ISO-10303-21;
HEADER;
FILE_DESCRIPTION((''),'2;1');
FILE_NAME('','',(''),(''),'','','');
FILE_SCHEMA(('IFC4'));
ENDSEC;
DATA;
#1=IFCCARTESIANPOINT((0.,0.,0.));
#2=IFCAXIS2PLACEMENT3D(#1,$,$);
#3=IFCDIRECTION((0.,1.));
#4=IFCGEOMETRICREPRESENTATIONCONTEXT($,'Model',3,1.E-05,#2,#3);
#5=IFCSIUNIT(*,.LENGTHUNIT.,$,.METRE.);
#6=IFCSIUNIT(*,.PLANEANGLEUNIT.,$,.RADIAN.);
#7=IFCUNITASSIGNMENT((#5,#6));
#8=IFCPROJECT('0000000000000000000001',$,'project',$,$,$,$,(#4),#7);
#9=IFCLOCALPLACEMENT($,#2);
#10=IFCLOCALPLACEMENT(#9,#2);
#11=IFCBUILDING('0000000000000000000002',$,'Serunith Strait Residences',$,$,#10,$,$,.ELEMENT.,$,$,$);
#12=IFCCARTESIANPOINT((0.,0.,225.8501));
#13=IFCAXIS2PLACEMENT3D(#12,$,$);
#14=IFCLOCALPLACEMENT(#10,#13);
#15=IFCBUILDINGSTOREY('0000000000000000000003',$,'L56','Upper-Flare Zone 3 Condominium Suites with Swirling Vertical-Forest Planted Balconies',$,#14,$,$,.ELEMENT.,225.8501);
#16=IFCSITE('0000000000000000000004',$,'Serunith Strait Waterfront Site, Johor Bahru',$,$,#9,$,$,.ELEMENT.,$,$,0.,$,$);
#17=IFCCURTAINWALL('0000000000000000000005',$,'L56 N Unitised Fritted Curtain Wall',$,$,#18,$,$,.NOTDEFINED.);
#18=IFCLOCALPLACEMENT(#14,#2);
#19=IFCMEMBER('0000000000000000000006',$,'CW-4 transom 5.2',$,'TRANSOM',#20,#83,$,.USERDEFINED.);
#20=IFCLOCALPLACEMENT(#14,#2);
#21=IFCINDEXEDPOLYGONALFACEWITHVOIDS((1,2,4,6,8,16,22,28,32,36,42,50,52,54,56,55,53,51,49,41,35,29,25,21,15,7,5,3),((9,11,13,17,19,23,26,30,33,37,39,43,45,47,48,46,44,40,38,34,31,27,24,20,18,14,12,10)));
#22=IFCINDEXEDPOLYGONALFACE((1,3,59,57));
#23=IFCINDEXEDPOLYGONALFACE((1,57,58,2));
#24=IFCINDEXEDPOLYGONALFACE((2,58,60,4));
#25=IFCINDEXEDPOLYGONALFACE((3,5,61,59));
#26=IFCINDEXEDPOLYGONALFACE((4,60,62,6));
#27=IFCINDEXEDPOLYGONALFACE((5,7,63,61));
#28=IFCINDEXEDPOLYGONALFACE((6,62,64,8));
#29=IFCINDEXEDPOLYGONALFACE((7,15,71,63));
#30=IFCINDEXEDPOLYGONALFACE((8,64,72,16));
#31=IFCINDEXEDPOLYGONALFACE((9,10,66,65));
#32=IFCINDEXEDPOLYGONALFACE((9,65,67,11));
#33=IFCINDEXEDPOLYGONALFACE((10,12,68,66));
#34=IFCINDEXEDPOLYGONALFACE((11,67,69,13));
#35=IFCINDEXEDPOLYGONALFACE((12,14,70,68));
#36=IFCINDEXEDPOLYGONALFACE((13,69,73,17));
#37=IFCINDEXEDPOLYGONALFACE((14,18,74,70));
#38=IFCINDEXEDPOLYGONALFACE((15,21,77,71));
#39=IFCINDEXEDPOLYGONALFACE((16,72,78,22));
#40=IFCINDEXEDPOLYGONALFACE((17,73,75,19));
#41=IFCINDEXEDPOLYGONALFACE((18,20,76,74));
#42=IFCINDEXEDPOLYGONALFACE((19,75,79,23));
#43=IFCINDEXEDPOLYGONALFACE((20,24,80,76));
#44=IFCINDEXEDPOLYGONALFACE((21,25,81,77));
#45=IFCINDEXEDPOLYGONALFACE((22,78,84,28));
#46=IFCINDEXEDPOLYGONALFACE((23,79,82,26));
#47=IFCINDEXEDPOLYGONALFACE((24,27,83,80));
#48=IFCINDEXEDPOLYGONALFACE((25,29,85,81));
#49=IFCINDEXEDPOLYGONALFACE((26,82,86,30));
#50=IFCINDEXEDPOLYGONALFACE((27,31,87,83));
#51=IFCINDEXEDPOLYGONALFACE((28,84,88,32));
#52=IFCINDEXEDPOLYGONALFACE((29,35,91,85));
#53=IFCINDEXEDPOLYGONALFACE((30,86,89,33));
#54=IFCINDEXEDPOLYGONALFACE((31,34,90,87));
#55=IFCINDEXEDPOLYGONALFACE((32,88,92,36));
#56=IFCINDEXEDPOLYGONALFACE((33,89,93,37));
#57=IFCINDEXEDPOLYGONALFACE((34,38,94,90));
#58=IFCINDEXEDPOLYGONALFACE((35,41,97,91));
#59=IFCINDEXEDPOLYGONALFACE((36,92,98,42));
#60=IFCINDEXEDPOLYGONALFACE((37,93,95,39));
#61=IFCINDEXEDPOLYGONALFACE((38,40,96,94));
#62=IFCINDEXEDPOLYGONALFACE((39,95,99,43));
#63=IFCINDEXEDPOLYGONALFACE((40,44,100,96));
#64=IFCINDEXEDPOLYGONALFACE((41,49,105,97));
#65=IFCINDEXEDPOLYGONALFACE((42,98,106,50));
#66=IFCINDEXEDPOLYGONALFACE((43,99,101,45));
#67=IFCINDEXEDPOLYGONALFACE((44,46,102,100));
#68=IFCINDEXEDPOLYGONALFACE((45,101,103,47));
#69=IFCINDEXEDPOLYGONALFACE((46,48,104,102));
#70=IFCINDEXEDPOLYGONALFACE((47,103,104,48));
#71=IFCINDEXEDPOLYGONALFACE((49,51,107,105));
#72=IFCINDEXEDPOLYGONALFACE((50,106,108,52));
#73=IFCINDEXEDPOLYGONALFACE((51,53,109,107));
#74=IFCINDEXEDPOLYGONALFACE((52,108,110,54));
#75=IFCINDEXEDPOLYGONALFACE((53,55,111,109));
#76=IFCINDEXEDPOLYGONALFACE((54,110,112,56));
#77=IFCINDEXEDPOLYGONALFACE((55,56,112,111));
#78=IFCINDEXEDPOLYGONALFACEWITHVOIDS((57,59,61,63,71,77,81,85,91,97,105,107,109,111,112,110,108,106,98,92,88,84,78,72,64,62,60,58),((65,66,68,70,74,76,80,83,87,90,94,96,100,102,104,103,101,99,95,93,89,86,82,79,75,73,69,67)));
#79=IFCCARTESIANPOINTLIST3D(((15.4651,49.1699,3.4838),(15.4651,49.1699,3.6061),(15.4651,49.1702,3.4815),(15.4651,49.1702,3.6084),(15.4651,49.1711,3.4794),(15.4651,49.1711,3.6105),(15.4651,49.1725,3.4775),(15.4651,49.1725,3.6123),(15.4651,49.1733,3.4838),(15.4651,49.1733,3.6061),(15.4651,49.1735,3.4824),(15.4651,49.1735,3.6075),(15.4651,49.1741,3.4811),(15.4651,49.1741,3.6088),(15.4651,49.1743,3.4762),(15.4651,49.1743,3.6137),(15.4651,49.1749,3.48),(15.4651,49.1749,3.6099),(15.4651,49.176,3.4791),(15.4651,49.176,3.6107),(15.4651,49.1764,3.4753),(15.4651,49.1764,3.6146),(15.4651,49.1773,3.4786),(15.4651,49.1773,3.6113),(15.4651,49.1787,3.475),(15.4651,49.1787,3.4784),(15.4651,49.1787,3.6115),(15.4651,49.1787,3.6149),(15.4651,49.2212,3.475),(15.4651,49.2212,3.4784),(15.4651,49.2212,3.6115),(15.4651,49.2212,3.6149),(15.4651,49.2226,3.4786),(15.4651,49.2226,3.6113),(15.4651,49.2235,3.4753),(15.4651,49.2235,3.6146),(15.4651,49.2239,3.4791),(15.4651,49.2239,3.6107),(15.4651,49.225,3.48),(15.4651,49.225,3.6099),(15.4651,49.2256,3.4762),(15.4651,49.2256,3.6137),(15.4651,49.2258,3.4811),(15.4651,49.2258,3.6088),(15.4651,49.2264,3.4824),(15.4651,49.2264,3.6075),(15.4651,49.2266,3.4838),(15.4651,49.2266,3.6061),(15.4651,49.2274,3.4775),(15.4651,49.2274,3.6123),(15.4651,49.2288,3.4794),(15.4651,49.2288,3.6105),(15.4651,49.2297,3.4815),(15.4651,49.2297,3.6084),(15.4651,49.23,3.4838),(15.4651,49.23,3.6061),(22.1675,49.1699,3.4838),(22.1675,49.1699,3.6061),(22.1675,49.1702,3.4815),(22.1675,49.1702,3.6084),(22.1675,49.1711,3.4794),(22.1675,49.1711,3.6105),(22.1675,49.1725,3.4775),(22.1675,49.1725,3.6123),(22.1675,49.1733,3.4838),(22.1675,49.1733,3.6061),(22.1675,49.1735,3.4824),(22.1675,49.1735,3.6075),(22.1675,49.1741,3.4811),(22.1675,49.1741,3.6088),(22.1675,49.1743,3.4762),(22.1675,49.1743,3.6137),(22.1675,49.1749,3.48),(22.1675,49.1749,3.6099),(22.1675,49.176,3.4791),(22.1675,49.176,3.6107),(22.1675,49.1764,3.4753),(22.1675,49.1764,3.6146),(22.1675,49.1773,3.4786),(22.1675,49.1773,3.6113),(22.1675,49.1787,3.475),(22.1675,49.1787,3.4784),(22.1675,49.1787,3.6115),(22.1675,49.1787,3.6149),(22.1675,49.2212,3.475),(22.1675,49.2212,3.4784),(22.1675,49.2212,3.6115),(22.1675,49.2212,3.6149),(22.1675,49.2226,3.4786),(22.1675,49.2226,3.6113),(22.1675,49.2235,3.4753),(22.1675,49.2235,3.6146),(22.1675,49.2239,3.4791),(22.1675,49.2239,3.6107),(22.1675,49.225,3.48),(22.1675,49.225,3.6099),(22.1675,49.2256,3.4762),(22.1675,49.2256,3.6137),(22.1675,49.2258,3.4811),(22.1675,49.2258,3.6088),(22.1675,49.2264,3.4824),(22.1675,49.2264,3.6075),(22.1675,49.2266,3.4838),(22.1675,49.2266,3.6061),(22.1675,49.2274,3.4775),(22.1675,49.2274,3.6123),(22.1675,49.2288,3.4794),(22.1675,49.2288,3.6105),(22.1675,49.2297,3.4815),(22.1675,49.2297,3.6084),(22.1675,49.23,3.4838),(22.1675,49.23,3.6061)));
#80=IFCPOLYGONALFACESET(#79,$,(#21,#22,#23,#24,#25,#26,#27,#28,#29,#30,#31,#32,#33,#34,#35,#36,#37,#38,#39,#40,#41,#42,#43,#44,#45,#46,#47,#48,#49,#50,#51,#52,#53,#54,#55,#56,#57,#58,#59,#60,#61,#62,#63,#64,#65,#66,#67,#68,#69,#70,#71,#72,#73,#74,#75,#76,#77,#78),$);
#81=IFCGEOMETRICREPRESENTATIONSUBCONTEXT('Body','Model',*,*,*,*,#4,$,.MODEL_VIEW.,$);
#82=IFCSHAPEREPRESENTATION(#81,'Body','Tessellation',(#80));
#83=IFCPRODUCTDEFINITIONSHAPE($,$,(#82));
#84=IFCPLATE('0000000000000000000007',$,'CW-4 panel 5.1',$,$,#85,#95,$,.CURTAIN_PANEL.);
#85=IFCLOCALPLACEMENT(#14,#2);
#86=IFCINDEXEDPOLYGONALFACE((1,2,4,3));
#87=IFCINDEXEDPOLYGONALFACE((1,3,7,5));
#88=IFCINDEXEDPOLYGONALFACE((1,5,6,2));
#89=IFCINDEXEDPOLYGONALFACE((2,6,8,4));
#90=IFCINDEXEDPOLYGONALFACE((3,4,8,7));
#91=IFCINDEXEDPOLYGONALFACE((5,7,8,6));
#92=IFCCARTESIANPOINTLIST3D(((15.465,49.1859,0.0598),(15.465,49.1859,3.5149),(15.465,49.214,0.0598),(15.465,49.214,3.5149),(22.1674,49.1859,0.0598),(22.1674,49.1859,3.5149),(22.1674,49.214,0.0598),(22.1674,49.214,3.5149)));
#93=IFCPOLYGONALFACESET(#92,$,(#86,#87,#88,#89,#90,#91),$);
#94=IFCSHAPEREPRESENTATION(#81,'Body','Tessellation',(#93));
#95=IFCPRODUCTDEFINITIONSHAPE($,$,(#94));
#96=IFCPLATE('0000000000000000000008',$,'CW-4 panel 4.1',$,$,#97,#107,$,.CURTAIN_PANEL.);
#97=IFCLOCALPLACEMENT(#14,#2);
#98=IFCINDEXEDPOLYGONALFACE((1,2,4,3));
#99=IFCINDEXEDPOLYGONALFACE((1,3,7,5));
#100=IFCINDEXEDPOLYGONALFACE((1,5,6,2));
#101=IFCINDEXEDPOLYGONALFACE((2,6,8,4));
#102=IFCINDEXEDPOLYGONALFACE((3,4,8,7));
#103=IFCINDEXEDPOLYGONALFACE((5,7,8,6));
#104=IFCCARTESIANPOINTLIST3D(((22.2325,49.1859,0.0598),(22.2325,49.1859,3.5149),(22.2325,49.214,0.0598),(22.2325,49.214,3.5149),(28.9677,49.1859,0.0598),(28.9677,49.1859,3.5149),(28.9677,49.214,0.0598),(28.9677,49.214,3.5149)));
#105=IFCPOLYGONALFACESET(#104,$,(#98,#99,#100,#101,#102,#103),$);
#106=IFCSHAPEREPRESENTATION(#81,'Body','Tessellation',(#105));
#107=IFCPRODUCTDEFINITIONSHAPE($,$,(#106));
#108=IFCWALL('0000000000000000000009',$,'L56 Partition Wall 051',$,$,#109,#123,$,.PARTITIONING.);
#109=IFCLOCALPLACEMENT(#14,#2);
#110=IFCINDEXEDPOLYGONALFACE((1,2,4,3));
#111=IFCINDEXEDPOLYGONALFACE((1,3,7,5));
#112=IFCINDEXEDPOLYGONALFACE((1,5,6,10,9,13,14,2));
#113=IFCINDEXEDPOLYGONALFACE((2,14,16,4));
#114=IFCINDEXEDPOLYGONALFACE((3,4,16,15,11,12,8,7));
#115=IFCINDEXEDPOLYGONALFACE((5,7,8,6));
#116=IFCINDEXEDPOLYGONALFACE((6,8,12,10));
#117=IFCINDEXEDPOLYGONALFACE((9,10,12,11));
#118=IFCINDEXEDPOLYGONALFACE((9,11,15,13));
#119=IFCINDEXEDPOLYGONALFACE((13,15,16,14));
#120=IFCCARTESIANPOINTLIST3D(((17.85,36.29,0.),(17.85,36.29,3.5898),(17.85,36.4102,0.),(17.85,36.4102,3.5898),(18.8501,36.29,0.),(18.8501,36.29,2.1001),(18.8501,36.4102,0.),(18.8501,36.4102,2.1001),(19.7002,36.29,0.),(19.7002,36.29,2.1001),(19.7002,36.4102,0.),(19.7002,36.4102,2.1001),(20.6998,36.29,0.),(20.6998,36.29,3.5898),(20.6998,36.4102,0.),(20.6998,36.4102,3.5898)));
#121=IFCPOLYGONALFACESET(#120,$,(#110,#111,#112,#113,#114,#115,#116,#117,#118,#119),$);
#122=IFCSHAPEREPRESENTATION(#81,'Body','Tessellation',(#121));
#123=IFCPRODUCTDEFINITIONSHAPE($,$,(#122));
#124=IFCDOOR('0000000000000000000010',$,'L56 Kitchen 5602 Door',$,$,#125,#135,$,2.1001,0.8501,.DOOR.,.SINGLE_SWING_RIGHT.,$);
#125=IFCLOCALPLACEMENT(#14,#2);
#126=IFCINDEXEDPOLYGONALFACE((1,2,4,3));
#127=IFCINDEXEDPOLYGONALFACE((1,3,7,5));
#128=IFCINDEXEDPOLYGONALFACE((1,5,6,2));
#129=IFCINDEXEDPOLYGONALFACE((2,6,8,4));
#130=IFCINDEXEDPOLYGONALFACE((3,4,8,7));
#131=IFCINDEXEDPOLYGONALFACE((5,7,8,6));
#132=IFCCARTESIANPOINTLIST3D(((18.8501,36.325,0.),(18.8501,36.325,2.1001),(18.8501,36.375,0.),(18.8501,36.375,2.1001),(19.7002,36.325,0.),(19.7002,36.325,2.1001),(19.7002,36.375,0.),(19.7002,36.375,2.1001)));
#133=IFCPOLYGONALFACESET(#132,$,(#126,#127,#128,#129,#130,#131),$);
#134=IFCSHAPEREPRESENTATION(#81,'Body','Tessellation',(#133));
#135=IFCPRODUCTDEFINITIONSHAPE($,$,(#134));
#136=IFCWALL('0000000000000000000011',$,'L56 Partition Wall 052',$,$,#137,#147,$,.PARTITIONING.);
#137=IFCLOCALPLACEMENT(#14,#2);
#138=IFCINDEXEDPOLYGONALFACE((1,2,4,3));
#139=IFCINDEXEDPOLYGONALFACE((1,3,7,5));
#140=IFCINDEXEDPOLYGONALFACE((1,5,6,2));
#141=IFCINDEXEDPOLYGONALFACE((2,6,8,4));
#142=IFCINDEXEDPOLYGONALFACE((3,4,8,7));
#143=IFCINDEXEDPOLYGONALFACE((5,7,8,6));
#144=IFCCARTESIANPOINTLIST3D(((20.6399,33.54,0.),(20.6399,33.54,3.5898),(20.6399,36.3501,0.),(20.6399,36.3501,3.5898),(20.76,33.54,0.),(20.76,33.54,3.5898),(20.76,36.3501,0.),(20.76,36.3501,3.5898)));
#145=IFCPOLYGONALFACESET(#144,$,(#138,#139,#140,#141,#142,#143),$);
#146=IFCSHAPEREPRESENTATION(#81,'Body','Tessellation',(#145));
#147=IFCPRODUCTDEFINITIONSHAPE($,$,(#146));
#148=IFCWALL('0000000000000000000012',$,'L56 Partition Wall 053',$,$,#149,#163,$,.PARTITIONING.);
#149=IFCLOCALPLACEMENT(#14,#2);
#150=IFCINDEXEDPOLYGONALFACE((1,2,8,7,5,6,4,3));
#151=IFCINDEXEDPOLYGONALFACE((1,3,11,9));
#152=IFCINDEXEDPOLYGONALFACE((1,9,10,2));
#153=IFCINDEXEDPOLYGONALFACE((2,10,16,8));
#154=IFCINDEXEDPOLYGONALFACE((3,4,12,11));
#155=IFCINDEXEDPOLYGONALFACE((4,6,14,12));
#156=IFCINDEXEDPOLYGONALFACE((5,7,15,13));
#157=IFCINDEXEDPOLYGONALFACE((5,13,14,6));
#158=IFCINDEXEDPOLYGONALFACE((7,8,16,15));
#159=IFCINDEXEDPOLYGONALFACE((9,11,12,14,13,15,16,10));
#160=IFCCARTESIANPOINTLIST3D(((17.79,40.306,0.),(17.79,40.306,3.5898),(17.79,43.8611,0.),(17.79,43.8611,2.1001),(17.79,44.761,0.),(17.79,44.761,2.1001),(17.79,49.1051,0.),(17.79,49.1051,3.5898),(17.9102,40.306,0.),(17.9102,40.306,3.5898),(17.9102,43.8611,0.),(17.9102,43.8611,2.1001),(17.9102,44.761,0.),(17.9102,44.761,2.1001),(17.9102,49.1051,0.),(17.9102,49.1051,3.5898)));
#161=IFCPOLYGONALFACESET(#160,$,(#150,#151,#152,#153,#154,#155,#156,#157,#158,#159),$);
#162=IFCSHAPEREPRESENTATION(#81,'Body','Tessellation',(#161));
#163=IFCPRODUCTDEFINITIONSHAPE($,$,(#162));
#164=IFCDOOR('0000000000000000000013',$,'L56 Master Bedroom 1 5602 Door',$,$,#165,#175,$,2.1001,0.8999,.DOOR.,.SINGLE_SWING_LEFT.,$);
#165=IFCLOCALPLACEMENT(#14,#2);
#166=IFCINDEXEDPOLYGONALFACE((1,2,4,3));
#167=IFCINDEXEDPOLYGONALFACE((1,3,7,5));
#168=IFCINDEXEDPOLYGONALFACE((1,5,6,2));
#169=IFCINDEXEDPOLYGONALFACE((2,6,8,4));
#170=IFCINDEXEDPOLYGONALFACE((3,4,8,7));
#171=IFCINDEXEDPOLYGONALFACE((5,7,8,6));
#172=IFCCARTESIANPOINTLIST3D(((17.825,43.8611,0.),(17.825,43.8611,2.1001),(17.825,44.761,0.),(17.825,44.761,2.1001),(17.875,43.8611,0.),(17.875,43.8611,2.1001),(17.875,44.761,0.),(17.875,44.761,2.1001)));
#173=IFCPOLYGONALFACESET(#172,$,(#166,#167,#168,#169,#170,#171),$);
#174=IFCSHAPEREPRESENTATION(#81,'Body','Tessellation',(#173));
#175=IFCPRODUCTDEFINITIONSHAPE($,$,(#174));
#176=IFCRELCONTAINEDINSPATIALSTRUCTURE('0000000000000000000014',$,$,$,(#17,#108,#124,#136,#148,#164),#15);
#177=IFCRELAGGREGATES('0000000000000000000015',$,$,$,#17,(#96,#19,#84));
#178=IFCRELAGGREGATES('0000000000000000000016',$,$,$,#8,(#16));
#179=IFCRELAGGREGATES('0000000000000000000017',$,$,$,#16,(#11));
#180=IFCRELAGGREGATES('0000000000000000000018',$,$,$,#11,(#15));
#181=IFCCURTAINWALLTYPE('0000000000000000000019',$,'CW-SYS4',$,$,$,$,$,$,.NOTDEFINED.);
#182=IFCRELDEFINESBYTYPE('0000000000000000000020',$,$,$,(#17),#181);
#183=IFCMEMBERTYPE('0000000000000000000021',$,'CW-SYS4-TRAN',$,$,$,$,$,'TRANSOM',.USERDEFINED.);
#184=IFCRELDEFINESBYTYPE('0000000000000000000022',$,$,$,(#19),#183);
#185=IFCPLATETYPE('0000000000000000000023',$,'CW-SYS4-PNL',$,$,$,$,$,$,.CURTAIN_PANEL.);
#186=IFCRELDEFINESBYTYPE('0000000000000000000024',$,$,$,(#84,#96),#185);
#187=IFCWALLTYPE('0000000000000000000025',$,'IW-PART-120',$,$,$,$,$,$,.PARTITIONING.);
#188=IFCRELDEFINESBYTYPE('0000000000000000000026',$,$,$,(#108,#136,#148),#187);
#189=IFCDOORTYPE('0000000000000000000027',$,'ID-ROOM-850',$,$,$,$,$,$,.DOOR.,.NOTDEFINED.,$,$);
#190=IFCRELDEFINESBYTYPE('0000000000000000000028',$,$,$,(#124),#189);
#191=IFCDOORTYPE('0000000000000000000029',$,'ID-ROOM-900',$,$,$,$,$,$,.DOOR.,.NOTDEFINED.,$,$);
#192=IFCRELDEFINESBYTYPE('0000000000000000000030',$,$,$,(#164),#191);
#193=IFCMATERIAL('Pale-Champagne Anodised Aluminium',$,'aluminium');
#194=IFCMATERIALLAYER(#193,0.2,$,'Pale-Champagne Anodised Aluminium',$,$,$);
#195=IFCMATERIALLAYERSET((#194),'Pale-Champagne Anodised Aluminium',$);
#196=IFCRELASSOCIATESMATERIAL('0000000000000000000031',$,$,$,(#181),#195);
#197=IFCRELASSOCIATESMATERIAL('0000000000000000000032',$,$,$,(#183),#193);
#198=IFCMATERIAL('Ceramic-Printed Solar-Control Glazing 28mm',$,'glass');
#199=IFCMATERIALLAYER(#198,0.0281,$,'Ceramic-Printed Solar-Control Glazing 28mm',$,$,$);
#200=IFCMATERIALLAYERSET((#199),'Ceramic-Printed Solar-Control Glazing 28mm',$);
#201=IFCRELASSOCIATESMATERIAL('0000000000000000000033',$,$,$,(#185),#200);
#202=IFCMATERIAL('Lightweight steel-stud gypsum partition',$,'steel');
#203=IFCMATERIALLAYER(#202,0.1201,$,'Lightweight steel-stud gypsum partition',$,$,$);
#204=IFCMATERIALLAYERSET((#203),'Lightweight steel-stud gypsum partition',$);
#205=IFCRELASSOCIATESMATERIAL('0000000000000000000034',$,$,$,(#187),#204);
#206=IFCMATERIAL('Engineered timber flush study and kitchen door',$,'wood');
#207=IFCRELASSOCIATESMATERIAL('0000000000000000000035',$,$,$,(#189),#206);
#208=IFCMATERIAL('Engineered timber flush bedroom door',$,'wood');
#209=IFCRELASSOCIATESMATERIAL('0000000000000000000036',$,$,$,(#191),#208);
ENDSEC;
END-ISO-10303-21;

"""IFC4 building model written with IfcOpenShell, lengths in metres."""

from ifc_helpers import new_model, si_unit, direction, frame, frame_2d, origin, origin_2d, place, context, subcontext, project, spatial, rectangle, hollow_rectangle, extrude, source, transform, mapped, material, layer, layer_set, material_profile, profile_set, type_object, element, fill, aggregate, save


model = new_model("IFC4")

# Units and contexts
model_context = context("Model", 3, precision=1e-05, world=origin(), true_north=direction((0.0, 1.0)))
body_context = subcontext(model_context, "Body", "Model", "MODEL_VIEW")
ifc_project = project(units=[si_unit("LENGTHUNIT", "METRE"), si_unit("PLANEANGLEUNIT", "RADIAN")], contexts=[model_context])

# Site, building, storey
site_placement = place(None, origin())
site = spatial("IfcSite", under=ifc_project, at=site_placement, Name="Serunith Strait Waterfront Site, Johor Bahru", CompositionType="ELEMENT", RefElevation=0.0)
building_placement = place(site_placement, origin())
building = spatial("IfcBuilding", under=site, at=building_placement, Name="Serunith Strait Residences", CompositionType="ELEMENT")
storey_placement = place(building_placement, frame((0.0, 0.0, 225.8501)))
storey = spatial("IfcBuildingStorey", under=building, at=storey_placement, Name="L56", Description="Upper-Flare Zone 3 Condominium Suites with Swirling Vertical-Forest Planted Balconies", CompositionType="ELEMENT", Elevation=225.8501)

# Curtain wall, member, plates
ifc_material_1 = material(Name="Pale-Champagne Anodised Aluminium", Category="aluminium")
ifc_layer_1 = layer(ifc_material_1, 0.2, Name="Pale-Champagne Anodised Aluminium")
ifc_layer_set_1 = layer_set([ifc_layer_1], Name="Pale-Champagne Anodised Aluminium")
curtain_wall_type = type_object("IfcCurtainWallType", Name="CW-SYS4", PredefinedType="NOTDEFINED", material=ifc_layer_set_1)
curtain_wall_placement = place(storey_placement, origin())
curtain_wall = element("IfcCurtainWall", 1, at=curtain_wall_placement, inside=storey, type_object=curtain_wall_type, Name="L56 N Unitised Fritted Curtain Wall", PredefinedType="NOTDEFINED")
ifc_material_profile_1 = material_profile(ifc_material_1, hollow_rectangle(XDim=0.0601, YDim=0.1399, WallThickness=0.0034, InnerFilletRadius=0.0054, OuterFilletRadius=0.0088, at=origin_2d()), Name="ALU 140x60x3.5")
ifc_profile_set_1 = profile_set([ifc_material_profile_1], Name="Pale-Champagne Anodised Aluminium")
member_type_1 = type_object("IfcMemberType", Name="CW-SYS4-TRAN", ElementType="TRANSOM", PredefinedType="USERDEFINED", material=ifc_profile_set_1)
shared_shape_1 = source(origin(), body_context, "Body", "SweptSolid", [
    extrude(hollow_rectangle(XDim=0.0601, YDim=0.1399, WallThickness=0.0034, InnerFilletRadius=0.0054, OuterFilletRadius=0.0088, at=origin_2d()), origin(), (0.0, 0.0, 1.0), 6.7024),
])
member_1_placement = place(storey_placement, frame((22.1675, 49.2, 3.5449), z_axis=(-1.0, 0.0, 0.0), x_axis=(0.0, -1.0, 0.0)))
member_1 = element("IfcMember", 2, at=member_1_placement, type_object=member_type_1, Name="CW-4 transom 5.2", ObjectType="TRANSOM", PredefinedType="USERDEFINED", context=body_context, shape_type="MappedRepresentation", body=[
    mapped(shared_shape_1, transform((0.0, 0.0, 0.0), scale=1.0)),
])
ifc_material_2 = material(Name="Ceramic-Printed Solar-Control Glazing 28mm", Category="glass")
ifc_layer_2 = layer(ifc_material_2, 0.0281, Name="Ceramic-Printed Solar-Control Glazing 28mm")
ifc_layer_set_2 = layer_set([ifc_layer_2], Name="Ceramic-Printed Solar-Control Glazing 28mm")
plate_type = type_object("IfcPlateType", Name="CW-SYS4-PNL", PredefinedType="CURTAIN_PANEL", material=ifc_layer_set_2)
shared_shape_2 = source(origin(), body_context, "Body", "SweptSolid", [
    extrude(rectangle(XDim=6.7024, YDim=0.0281, at=origin_2d()), origin(), (0.0, 0.0, 1.0), 3.4551),
])
plate_1_placement = place(storey_placement, frame((18.8162, 49.2, 0.0598), z_axis=(0.0, 0.0, 1.0), x_axis=(-1.0, 0.0, 0.0)))
plate_1 = element("IfcPlate", 3, at=plate_1_placement, type_object=plate_type, Name="CW-4 panel 5.1", PredefinedType="CURTAIN_PANEL", context=body_context, shape_type="MappedRepresentation", body=[
    mapped(shared_shape_2, transform((0.0, 0.0, 0.0), scale=1.0)),
])
shared_shape_3 = source(origin(), body_context, "Body", "SweptSolid", [
    extrude(rectangle(XDim=6.7351, YDim=0.0281, at=origin_2d()), origin(), (0.0, 0.0, 1.0), 3.4551),
])
plate_2_placement = place(storey_placement, frame((25.6001, 49.2, 0.0598), z_axis=(0.0, 0.0, 1.0), x_axis=(-1.0, 0.0, 0.0)))
plate_2 = element("IfcPlate", 4, at=plate_2_placement, type_object=plate_type, Name="CW-4 panel 4.1", PredefinedType="CURTAIN_PANEL", context=body_context, shape_type="MappedRepresentation", body=[
    mapped(shared_shape_3, transform((0.0, 0.0, 0.0), scale=1.0)),
])
aggregate(curtain_wall, [plate_2, member_1, plate_1])

# Wall, opening, door
ifc_material_3 = material(Name="Lightweight steel-stud gypsum partition", Category="steel")
ifc_layer_3 = layer(ifc_material_3, 0.1201, Name="Lightweight steel-stud gypsum partition")
ifc_layer_set_3 = layer_set([ifc_layer_3], Name="Lightweight steel-stud gypsum partition")
wall_type = type_object("IfcWallType", Name="IW-PART-120", PredefinedType="PARTITIONING", material=ifc_layer_set_3)
wall_1_placement = place(storey_placement, frame((17.8501, 36.3501, 0.0), z_axis=(0.0, 0.0, 1.0), x_axis=(1.0, 0.0, 0.0)))
wall_1 = element("IfcWall", 5, at=wall_1_placement, inside=storey, type_object=wall_type, Name="L56 Partition Wall 051", PredefinedType="PARTITIONING", context=body_context, shape_type="SweptSolid", body=[
    extrude(rectangle(XDim=2.8499, YDim=0.1201, at=frame_2d((1.4248, 0.0))), origin(), (0.0, 0.0, 1.0), 3.5898),
])
opening_1_placement = place(wall_1_placement, frame((1.0, 0.0, 0.0)))
opening_1 = element("IfcOpeningElement", 6, at=opening_1_placement, cuts=wall_1, PredefinedType="OPENING", context=body_context, shape_type="SweptSolid", body=[
    extrude(rectangle(XDim=0.8501, YDim=2.1001, at=frame_2d((0.425, 1.05))), frame((0.0, 0.0701, 0.0), z_axis=(0.0, -1.0, 0.0), x_axis=(1.0, 0.0, 0.0)), (0.0, 0.0, 1.0), 0.1401),
])
ifc_material_4 = material(Name="Engineered timber flush study and kitchen door", Category="wood")
door_type_1 = type_object("IfcDoorType", Name="ID-ROOM-850", OperationType="NOTDEFINED", PredefinedType="DOOR", material=ifc_material_4)
shared_shape_4 = source(origin(), body_context, "Body", "SweptSolid", [
    extrude(rectangle(XDim=0.8501, YDim=2.1001, at=frame_2d((0.425, 1.05))), frame((0.0, 0.0249, 0.0), z_axis=(0.0, -1.0, 0.0), x_axis=(1.0, 0.0, 0.0)), (0.0, 0.0, 1.0), 0.05),
])
door_1_placement = place(opening_1_placement, origin())
door_1 = element("IfcDoor", 7, at=door_1_placement, inside=storey, type_object=door_type_1, Name="L56 Kitchen 5602 Door", OperationType="SINGLE_SWING_RIGHT", OverallHeight=2.1001, OverallWidth=0.8501, PredefinedType="DOOR", context=body_context, shape_type="MappedRepresentation", body=[
    mapped(shared_shape_4, transform((0.0, 0.0, 0.0), scale=1.0)),
])
fill(opening_1, door_1)

# Wall
wall_2_placement = place(storey_placement, frame((20.7, 36.3501, 0.0), z_axis=(0.0, 0.0, 1.0), x_axis=(0.0, -1.0, 0.0)))
element("IfcWall", 8, at=wall_2_placement, inside=storey, type_object=wall_type, Name="L56 Partition Wall 052", PredefinedType="PARTITIONING", context=body_context, shape_type="SweptSolid", body=[
    extrude(rectangle(XDim=2.8101, YDim=0.1201, at=frame_2d((1.405, 0.0))), origin(), (0.0, 0.0, 1.0), 3.5898),
])

# Wall, opening, door
wall_3_placement = place(storey_placement, frame((17.8501, 49.105, 0.0), z_axis=(0.0, 0.0, 1.0), x_axis=(0.0, -1.0, 0.0)))
wall_3 = element("IfcWall", 9, at=wall_3_placement, inside=storey, type_object=wall_type, Name="L56 Partition Wall 053", PredefinedType="PARTITIONING", context=body_context, shape_type="SweptSolid", body=[
    extrude(rectangle(XDim=8.7991, YDim=0.1201, at=frame_2d((4.3994, 0.0))), origin(), (0.0, 0.0, 1.0), 3.5898),
])
opening_2_placement = place(wall_3_placement, frame((4.344, 0.0, 0.0)))
opening_2 = element("IfcOpeningElement", 10, at=opening_2_placement, cuts=wall_3, PredefinedType="OPENING", context=body_context, shape_type="SweptSolid", body=[
    extrude(rectangle(XDim=0.8999, YDim=2.1001, at=frame_2d((0.45, 1.05))), frame((0.0, 0.0701, 0.0), z_axis=(0.0, -1.0, 0.0), x_axis=(1.0, 0.0, 0.0)), (0.0, 0.0, 1.0), 0.1401),
])
ifc_material_5 = material(Name="Engineered timber flush bedroom door", Category="wood")
door_type_2 = type_object("IfcDoorType", Name="ID-ROOM-900", OperationType="NOTDEFINED", PredefinedType="DOOR", material=ifc_material_5)
shared_shape_5 = source(origin(), body_context, "Body", "SweptSolid", [
    extrude(rectangle(XDim=0.8999, YDim=2.1001, at=frame_2d((0.45, 1.05))), frame((0.0, 0.0249, 0.0), z_axis=(0.0, -1.0, 0.0), x_axis=(1.0, 0.0, 0.0)), (0.0, 0.0, 1.0), 0.05),
])
door_2_placement = place(opening_2_placement, origin())
door_2 = element("IfcDoor", 11, at=door_2_placement, inside=storey, type_object=door_type_2, Name="L56 Master Bedroom 1 5602 Door", OperationType="SINGLE_SWING_LEFT", OverallHeight=2.1001, OverallWidth=0.8999, PredefinedType="DOOR", context=body_context, shape_type="MappedRepresentation", body=[
    mapped(shared_shape_5, transform((0.0, 0.0, 0.0), scale=1.0)),
])
fill(opening_2, door_2)

save(model, "model.ifc")
